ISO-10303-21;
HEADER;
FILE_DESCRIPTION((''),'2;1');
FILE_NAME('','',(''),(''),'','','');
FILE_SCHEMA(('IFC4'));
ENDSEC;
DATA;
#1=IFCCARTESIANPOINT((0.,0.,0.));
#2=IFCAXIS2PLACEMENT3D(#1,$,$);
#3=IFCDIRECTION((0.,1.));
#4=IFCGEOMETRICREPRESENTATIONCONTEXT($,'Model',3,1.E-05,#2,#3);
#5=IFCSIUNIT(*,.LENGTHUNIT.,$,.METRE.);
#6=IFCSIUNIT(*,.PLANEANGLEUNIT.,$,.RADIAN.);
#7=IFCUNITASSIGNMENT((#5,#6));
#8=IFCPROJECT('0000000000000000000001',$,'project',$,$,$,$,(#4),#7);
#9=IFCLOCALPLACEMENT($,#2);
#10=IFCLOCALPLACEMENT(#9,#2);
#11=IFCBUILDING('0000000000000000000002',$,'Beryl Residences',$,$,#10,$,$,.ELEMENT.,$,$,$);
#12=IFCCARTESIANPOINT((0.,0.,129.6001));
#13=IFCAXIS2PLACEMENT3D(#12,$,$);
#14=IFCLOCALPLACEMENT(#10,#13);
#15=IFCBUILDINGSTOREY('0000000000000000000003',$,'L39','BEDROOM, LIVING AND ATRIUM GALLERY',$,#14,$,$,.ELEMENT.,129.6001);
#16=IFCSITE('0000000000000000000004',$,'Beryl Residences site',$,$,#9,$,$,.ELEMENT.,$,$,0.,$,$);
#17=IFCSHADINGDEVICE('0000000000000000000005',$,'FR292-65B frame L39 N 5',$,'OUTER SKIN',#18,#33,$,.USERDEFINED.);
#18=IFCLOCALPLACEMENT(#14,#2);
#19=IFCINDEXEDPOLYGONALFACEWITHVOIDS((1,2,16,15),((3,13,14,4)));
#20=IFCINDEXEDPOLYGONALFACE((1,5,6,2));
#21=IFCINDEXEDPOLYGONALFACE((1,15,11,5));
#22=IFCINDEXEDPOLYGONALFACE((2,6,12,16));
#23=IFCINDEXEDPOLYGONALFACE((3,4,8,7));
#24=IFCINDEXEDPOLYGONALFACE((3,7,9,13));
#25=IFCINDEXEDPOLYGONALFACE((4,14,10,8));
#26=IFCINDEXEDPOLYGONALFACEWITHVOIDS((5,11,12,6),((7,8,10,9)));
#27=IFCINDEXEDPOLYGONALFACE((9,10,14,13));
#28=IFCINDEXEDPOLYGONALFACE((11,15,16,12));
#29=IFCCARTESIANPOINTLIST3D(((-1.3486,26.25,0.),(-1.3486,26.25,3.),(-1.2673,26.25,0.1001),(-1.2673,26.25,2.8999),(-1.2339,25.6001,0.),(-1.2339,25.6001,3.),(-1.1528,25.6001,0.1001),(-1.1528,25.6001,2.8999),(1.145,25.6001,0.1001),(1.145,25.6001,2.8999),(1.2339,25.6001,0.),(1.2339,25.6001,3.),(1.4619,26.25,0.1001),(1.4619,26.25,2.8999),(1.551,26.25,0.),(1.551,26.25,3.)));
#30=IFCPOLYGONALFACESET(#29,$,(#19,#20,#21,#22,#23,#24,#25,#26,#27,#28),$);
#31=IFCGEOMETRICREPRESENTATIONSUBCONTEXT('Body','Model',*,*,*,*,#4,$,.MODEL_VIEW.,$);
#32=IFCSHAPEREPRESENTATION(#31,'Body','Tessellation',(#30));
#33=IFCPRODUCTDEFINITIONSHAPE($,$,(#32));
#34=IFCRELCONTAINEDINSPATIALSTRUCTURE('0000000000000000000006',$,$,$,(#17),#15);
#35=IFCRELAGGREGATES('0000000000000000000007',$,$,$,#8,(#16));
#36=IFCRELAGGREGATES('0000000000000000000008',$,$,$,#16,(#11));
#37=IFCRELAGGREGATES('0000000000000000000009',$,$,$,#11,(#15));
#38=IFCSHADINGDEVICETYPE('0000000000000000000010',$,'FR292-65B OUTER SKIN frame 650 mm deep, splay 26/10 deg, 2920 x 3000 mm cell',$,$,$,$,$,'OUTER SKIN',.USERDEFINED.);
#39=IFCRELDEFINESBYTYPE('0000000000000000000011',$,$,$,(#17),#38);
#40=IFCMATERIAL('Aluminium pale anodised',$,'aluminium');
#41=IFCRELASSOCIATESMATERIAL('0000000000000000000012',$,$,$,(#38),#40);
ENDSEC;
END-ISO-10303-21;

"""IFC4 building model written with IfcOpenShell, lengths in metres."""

from ifc_helpers import new_model, entity, si_unit, direction, frame, origin, place, context, subcontext, project, spatial, source, transform, mapped, material, type_object, type_shapes, element, save


model = new_model("IFC4")

# Units and contexts
model_context = context("Model", 3, precision=1e-05, world=origin(), true_north=direction((0.0, 1.0)))
body_context = subcontext(model_context, "Body", "Model", "MODEL_VIEW")
ifc_project = project(units=[si_unit("LENGTHUNIT", "METRE"), si_unit("PLANEANGLEUNIT", "RADIAN")], contexts=[model_context])

# Site, building, storey
site_placement = place(None, origin())
site = spatial("IfcSite", under=ifc_project, at=site_placement, Name="Beryl Residences site", CompositionType="ELEMENT", RefElevation=0.0)
building_placement = place(site_placement, origin())
building = spatial("IfcBuilding", under=site, at=building_placement, Name="Beryl Residences", CompositionType="ELEMENT")
storey_placement = place(building_placement, frame((0.0, 0.0, 129.6001)))
storey = spatial("IfcBuildingStorey", under=building, at=storey_placement, Name="L39", Description="BEDROOM, LIVING AND ATRIUM GALLERY", CompositionType="ELEMENT", Elevation=129.6001)

# Shading device
ifc_material_1 = material(Name="Aluminium pale anodised", Category="aluminium")
shading_device_type_1 = type_object("IfcShadingDeviceType", Name="FR292-65B OUTER SKIN frame 650 mm deep, splay 26/10 deg, 2920 x 3000 mm cell", ElementType="OUTER SKIN", PredefinedType="USERDEFINED", material=ifc_material_1)
cartesian_point_1 = entity("IfcCartesianPoint", [-1.2339, 0.0])
cartesian_point_2 = entity("IfcCartesianPoint", [-1.145, 0.1001])
cartesian_point_3 = entity("IfcCartesianPoint", [-1.551, 0.0])
cartesian_point_4 = entity("IfcCartesianPoint", [-1.4619, 0.1001])
shared_shape_1 = source(origin(), body_context, "Body", "SweptSolid", [
    entity("IfcExtrudedAreaSolidTapered", entity("IfcArbitraryProfileDefWithVoids", "AREA", None, entity("IfcPolyline", [cartesian_point_1, entity("IfcCartesianPoint", [1.2339, 0.0]), entity("IfcCartesianPoint", [1.2339, 3.0]), entity("IfcCartesianPoint", [-1.2339, 3.0]), cartesian_point_1]), [entity("IfcPolyline", [cartesian_point_2, entity("IfcCartesianPoint", [1.1528, 0.1001]), entity("IfcCartesianPoint", [1.1528, 2.8999]), entity("IfcCartesianPoint", [-1.145, 2.8999]), cartesian_point_2])]), entity("IfcAxis2Placement3D", entity("IfcCartesianPoint", [0.0, 0.0, 0.0]), entity("IfcDirection", [0.0, 1.0, 0.0]), entity("IfcDirection", [-1.0, 0.0, 0.0])), entity("IfcDirection", [0.0, 0.0, 1.0]), 0.6499, entity("IfcArbitraryProfileDefWithVoids", "AREA", None, entity("IfcPolyline", [cartesian_point_3, entity("IfcCartesianPoint", [1.3486, 0.0]), entity("IfcCartesianPoint", [1.3486, 3.0]), entity("IfcCartesianPoint", [-1.551, 3.0]), cartesian_point_3]), [entity("IfcPolyline", [cartesian_point_4, entity("IfcCartesianPoint", [1.2673, 0.1001]), entity("IfcCartesianPoint", [1.2673, 2.8999]), entity("IfcCartesianPoint", [-1.4619, 2.8999]), cartesian_point_4])])),
])
type_shapes(shading_device_type_1, [shared_shape_1])
for number, where, z_axis, x_axis, name in (
    (1, (0.0, 25.6001, 0.0), (0.0, 0.0, 1.0), (1.0, 0.0, 0.0), "FR292-65B frame L39 N 5"),
):
    element("IfcShadingDevice", number, at=place(storey_placement, frame(where, z_axis=z_axis, x_axis=x_axis)), inside=storey, type_object=shading_device_type_1, Name=name, ObjectType="OUTER SKIN", PredefinedType="USERDEFINED", context=body_context, shape_type="MappedRepresentation", body=[
        mapped(shared_shape_1, transform((0.0, 0.0, 0.0))),
    ])

save(model, "model.ifc")
